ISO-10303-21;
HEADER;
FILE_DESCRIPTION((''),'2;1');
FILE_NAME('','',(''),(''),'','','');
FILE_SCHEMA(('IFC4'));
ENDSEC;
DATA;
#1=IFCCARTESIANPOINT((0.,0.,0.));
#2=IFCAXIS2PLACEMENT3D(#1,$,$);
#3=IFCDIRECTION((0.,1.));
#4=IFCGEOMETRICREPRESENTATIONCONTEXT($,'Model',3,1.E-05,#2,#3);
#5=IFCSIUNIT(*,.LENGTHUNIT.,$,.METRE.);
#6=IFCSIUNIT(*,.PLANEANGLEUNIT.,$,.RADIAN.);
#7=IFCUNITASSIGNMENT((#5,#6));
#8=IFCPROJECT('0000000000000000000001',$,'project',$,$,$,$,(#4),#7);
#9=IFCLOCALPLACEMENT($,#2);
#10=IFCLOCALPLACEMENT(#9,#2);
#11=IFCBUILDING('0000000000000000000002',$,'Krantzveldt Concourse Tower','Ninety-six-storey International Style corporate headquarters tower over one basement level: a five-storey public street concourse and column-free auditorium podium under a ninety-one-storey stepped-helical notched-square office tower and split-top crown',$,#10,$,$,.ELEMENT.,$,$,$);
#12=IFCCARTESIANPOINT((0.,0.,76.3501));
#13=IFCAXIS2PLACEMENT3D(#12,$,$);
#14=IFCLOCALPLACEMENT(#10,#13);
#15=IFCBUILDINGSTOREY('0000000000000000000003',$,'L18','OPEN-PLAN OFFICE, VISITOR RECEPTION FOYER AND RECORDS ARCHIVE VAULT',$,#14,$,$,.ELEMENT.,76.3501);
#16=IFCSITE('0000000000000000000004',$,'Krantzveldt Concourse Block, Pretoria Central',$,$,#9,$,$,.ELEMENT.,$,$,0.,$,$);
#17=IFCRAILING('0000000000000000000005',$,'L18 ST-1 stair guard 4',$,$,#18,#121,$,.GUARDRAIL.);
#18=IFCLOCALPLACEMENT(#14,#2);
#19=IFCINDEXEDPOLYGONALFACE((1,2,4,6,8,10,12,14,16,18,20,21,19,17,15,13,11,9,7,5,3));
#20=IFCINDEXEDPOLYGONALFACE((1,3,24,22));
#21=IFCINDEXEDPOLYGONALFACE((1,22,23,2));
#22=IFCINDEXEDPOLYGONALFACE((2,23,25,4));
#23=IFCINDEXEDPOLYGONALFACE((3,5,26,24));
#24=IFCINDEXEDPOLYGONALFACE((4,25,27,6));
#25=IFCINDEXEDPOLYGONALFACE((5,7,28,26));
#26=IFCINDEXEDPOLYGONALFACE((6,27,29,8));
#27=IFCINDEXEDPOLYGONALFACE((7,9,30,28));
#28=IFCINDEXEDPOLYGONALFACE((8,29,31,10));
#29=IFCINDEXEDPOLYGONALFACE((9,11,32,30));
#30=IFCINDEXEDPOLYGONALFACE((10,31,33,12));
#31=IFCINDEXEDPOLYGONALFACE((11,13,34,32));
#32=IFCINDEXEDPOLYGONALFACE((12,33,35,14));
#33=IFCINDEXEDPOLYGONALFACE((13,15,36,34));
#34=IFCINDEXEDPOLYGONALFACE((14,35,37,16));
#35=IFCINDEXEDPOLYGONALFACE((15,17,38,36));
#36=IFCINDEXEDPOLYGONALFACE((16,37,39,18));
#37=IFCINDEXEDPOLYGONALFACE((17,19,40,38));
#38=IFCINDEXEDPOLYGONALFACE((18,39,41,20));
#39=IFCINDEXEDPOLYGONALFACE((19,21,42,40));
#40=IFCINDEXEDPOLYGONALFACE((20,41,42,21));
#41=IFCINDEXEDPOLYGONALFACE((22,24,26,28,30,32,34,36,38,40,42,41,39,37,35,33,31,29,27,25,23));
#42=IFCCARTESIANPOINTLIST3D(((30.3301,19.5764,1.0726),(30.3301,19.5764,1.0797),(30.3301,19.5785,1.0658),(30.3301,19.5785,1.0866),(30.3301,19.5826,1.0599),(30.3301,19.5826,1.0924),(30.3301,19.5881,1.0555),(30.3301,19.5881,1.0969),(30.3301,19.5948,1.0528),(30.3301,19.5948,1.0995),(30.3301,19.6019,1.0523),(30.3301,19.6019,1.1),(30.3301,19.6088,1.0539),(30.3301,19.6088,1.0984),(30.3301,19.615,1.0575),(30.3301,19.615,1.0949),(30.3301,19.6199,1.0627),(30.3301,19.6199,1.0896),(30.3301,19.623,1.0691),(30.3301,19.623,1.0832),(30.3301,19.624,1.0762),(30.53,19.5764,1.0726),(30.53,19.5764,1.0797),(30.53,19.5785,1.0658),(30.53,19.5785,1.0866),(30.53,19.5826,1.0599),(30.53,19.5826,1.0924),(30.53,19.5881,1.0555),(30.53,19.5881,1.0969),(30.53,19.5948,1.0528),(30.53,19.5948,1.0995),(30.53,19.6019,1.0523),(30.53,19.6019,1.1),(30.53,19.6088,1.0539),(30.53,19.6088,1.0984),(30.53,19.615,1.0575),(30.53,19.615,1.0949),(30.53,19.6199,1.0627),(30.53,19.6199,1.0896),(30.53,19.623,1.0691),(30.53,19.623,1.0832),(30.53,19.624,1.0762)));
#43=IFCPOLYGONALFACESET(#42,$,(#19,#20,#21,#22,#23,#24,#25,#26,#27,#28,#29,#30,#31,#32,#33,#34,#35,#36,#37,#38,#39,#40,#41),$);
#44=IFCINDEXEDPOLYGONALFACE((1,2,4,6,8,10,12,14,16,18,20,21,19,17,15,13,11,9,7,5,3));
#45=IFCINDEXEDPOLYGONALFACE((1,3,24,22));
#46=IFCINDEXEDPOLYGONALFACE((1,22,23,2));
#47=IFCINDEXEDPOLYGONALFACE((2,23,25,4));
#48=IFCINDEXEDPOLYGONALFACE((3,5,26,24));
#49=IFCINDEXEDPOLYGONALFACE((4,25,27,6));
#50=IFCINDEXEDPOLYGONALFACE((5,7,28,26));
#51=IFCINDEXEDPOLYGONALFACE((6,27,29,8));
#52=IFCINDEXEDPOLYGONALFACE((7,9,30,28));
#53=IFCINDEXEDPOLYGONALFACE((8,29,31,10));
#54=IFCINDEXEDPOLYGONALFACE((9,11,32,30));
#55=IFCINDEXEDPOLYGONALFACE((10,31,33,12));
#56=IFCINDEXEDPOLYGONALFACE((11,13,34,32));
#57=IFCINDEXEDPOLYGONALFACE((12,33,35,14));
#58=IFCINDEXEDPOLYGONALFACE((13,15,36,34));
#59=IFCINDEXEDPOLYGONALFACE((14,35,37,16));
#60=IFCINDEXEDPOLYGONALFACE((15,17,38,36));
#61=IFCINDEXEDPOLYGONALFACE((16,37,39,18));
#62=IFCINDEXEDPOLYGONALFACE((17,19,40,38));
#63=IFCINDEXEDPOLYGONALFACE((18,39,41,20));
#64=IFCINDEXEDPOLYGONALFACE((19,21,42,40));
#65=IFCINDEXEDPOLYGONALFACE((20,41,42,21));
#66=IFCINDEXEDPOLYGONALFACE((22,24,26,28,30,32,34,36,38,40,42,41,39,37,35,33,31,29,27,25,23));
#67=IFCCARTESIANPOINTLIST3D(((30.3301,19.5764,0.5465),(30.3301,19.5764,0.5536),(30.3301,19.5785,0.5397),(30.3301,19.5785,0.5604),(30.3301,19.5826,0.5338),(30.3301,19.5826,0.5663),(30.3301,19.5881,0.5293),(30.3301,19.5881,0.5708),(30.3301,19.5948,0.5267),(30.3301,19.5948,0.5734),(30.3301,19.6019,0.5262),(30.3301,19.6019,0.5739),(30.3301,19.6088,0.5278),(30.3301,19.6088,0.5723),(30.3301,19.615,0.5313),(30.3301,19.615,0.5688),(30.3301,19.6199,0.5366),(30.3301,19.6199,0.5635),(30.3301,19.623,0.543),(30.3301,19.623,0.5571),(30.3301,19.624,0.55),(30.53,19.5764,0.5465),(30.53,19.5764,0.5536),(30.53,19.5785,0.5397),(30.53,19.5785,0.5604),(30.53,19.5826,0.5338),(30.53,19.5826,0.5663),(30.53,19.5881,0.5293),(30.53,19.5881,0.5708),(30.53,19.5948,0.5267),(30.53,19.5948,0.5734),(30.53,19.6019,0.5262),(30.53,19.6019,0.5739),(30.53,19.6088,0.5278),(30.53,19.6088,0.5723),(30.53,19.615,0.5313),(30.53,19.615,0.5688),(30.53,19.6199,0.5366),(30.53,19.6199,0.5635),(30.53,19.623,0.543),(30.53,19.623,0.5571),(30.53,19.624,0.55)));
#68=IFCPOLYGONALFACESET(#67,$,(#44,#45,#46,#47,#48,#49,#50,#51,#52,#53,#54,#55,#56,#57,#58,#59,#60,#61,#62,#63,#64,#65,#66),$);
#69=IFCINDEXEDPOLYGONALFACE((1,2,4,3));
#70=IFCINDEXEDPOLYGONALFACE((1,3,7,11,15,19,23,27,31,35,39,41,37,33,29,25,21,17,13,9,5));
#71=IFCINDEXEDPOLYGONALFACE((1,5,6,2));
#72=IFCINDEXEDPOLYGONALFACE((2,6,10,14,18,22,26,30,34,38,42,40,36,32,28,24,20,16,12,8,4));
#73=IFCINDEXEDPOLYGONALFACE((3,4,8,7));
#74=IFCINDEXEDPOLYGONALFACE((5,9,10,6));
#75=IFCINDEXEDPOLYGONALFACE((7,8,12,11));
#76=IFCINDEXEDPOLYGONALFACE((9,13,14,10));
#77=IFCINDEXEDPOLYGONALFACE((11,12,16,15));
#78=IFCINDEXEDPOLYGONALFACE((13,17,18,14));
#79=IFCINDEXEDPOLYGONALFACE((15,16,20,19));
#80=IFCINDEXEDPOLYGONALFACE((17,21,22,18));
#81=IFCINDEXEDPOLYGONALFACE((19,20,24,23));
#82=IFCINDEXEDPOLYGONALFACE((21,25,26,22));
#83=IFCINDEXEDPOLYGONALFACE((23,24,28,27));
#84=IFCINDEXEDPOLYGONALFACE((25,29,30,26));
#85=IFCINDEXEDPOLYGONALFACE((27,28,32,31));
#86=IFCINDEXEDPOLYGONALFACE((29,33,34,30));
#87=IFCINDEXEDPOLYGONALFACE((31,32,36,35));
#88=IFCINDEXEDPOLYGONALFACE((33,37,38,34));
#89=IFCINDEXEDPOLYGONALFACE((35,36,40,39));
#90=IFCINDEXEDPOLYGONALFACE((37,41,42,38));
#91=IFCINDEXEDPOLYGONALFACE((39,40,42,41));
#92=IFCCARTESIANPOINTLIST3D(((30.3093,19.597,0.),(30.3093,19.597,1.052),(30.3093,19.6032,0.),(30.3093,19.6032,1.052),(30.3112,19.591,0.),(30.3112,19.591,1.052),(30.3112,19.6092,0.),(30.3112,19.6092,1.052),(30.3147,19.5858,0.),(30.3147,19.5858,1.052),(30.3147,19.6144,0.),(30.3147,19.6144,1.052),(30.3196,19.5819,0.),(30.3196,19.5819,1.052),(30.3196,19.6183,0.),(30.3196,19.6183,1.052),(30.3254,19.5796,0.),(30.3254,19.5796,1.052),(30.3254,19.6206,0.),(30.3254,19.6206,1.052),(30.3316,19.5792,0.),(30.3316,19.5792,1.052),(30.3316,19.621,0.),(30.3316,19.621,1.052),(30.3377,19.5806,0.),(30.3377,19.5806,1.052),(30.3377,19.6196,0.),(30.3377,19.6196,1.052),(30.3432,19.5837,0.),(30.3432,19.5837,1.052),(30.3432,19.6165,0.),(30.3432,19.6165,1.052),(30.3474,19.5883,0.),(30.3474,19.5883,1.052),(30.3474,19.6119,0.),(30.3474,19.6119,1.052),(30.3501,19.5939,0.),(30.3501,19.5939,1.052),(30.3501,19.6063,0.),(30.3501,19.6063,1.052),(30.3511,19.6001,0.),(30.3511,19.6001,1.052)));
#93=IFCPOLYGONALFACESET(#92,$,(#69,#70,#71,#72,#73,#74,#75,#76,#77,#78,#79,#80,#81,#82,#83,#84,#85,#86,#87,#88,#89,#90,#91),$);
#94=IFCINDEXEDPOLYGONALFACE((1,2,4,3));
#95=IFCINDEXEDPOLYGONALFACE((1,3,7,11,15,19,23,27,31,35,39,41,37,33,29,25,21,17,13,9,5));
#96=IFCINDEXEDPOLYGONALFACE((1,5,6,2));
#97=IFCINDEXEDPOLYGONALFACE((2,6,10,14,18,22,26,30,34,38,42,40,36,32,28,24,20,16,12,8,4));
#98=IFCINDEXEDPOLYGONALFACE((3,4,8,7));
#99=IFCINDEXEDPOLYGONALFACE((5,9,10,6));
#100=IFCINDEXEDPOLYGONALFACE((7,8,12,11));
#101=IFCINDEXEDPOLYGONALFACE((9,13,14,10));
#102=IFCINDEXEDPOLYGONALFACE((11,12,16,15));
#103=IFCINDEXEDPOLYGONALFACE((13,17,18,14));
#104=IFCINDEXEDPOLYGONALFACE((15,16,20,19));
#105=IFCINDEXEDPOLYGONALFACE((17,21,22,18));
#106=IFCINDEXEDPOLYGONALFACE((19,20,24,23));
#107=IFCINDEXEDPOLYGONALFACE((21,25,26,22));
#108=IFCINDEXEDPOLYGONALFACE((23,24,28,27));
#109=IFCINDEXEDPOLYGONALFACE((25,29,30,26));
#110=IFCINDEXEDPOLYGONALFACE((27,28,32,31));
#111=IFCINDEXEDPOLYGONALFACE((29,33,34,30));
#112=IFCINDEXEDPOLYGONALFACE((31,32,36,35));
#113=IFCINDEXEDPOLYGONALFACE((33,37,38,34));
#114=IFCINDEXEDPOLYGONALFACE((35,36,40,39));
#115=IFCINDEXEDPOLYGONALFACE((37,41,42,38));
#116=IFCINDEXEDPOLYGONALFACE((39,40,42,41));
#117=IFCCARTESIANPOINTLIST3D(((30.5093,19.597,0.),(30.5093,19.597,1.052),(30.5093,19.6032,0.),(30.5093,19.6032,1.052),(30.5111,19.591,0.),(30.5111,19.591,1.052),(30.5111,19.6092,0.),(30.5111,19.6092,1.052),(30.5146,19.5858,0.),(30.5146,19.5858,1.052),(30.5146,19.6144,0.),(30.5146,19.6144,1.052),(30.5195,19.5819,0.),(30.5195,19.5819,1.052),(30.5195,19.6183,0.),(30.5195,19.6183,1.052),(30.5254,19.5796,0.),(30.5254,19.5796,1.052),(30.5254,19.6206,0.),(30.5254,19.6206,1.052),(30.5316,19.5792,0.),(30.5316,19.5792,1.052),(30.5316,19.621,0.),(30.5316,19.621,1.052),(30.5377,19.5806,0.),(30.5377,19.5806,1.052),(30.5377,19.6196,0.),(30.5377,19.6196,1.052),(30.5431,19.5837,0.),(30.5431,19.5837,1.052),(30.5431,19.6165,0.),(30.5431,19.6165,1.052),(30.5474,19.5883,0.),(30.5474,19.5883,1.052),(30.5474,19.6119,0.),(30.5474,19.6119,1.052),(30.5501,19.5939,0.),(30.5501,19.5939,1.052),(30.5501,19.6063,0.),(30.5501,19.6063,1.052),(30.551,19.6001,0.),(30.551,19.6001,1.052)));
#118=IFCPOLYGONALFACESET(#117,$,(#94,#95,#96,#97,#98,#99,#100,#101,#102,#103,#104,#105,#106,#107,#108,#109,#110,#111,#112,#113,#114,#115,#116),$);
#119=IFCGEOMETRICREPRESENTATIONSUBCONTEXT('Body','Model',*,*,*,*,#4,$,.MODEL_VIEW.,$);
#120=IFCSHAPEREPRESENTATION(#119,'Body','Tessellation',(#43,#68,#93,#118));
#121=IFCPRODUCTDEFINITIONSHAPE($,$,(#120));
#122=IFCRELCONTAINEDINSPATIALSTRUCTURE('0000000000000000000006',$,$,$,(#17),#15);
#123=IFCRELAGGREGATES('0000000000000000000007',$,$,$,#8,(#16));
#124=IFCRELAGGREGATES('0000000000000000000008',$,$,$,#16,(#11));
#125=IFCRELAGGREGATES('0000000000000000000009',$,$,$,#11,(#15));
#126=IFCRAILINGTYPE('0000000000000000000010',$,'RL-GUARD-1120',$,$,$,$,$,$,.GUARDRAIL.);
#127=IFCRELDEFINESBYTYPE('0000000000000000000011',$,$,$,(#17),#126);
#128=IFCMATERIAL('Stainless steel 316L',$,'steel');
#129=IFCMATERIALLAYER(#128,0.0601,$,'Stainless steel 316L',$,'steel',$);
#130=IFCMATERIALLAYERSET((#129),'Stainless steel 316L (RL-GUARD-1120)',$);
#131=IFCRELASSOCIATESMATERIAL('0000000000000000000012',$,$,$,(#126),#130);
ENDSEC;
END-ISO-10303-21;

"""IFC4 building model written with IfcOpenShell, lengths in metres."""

from ifc_helpers import new_model, si_unit, direction, frame, origin, origin_2d, place, context, subcontext, project, spatial, circle, extrude, material, layer, layer_set, type_object, element, save


model = new_model("IFC4")

# Units and contexts
model_context = context("Model", 3, precision=1e-05, world=origin(), true_north=direction((0.0, 1.0)))
body_context = subcontext(model_context, "Body", "Model", "MODEL_VIEW")
ifc_project = project(units=[si_unit("LENGTHUNIT", "METRE"), si_unit("PLANEANGLEUNIT", "RADIAN")], contexts=[model_context])

# Site, building, storey
site_placement = place(None, origin())
site = spatial("IfcSite", under=ifc_project, at=site_placement, Name="Krantzveldt Concourse Block, Pretoria Central", CompositionType="ELEMENT", RefElevation=0.0)
building_placement = place(site_placement, origin())
building = spatial("IfcBuilding", under=site, at=building_placement, Name="Krantzveldt Concourse Tower", Description="Ninety-six-storey International Style corporate headquarters tower over one basement level: a five-storey public street concourse and column-free auditorium podium under a ninety-one-storey stepped-helical notched-square office tower and split-top crown", CompositionType="ELEMENT")
storey_placement = place(building_placement, frame((0.0, 0.0, 76.3501)))
storey = spatial("IfcBuildingStorey", under=building, at=storey_placement, Name="L18", Description="OPEN-PLAN OFFICE, VISITOR RECEPTION FOYER AND RECORDS ARCHIVE VAULT", CompositionType="ELEMENT", Elevation=76.3501)

# Railing
ifc_material_1 = material(Name="Stainless steel 316L", Category="steel")
ifc_layer_1 = layer(ifc_material_1, 0.0601, Name="Stainless steel 316L", Category="steel")
ifc_layer_set_1 = layer_set([ifc_layer_1], Name="Stainless steel 316L (RL-GUARD-1120)")
railing_type_1 = type_object("IfcRailingType", Name="RL-GUARD-1120", PredefinedType="GUARDRAIL", material=ifc_layer_set_1)
railing_1_placement = place(storey_placement, frame((30.3301, 19.6001, 0.0)))
element("IfcRailing", 1, at=railing_1_placement, inside=storey, type_object=railing_type_1, Name="L18 ST-1 stair guard 4", PredefinedType="GUARDRAIL", context=body_context, shape_type="SweptSolid", body=[
    extrude(circle(Radius=0.0239, at=origin_2d()), frame((0.0, 0.0, 1.0762), z_axis=(1.0, 0.0, 0.0), x_axis=(0.0, 1.0, 0.0)), (0.0, 0.0, 1.0), 0.2),
    extrude(circle(Radius=0.0239, at=origin_2d()), frame((0.0, 0.0, 0.55), z_axis=(1.0, 0.0, 0.0), x_axis=(0.0, 1.0, 0.0)), (0.0, 0.0, 1.0), 0.2),
    extrude(circle(Radius=0.021, at=origin_2d()), origin(), (0.0, 0.0, 1.0), 1.052),
    extrude(circle(Radius=0.021, at=origin_2d()), frame((0.2, 0.0, 0.0)), (0.0, 0.0, 1.0), 1.052),
])

save(model, "model.ifc")
